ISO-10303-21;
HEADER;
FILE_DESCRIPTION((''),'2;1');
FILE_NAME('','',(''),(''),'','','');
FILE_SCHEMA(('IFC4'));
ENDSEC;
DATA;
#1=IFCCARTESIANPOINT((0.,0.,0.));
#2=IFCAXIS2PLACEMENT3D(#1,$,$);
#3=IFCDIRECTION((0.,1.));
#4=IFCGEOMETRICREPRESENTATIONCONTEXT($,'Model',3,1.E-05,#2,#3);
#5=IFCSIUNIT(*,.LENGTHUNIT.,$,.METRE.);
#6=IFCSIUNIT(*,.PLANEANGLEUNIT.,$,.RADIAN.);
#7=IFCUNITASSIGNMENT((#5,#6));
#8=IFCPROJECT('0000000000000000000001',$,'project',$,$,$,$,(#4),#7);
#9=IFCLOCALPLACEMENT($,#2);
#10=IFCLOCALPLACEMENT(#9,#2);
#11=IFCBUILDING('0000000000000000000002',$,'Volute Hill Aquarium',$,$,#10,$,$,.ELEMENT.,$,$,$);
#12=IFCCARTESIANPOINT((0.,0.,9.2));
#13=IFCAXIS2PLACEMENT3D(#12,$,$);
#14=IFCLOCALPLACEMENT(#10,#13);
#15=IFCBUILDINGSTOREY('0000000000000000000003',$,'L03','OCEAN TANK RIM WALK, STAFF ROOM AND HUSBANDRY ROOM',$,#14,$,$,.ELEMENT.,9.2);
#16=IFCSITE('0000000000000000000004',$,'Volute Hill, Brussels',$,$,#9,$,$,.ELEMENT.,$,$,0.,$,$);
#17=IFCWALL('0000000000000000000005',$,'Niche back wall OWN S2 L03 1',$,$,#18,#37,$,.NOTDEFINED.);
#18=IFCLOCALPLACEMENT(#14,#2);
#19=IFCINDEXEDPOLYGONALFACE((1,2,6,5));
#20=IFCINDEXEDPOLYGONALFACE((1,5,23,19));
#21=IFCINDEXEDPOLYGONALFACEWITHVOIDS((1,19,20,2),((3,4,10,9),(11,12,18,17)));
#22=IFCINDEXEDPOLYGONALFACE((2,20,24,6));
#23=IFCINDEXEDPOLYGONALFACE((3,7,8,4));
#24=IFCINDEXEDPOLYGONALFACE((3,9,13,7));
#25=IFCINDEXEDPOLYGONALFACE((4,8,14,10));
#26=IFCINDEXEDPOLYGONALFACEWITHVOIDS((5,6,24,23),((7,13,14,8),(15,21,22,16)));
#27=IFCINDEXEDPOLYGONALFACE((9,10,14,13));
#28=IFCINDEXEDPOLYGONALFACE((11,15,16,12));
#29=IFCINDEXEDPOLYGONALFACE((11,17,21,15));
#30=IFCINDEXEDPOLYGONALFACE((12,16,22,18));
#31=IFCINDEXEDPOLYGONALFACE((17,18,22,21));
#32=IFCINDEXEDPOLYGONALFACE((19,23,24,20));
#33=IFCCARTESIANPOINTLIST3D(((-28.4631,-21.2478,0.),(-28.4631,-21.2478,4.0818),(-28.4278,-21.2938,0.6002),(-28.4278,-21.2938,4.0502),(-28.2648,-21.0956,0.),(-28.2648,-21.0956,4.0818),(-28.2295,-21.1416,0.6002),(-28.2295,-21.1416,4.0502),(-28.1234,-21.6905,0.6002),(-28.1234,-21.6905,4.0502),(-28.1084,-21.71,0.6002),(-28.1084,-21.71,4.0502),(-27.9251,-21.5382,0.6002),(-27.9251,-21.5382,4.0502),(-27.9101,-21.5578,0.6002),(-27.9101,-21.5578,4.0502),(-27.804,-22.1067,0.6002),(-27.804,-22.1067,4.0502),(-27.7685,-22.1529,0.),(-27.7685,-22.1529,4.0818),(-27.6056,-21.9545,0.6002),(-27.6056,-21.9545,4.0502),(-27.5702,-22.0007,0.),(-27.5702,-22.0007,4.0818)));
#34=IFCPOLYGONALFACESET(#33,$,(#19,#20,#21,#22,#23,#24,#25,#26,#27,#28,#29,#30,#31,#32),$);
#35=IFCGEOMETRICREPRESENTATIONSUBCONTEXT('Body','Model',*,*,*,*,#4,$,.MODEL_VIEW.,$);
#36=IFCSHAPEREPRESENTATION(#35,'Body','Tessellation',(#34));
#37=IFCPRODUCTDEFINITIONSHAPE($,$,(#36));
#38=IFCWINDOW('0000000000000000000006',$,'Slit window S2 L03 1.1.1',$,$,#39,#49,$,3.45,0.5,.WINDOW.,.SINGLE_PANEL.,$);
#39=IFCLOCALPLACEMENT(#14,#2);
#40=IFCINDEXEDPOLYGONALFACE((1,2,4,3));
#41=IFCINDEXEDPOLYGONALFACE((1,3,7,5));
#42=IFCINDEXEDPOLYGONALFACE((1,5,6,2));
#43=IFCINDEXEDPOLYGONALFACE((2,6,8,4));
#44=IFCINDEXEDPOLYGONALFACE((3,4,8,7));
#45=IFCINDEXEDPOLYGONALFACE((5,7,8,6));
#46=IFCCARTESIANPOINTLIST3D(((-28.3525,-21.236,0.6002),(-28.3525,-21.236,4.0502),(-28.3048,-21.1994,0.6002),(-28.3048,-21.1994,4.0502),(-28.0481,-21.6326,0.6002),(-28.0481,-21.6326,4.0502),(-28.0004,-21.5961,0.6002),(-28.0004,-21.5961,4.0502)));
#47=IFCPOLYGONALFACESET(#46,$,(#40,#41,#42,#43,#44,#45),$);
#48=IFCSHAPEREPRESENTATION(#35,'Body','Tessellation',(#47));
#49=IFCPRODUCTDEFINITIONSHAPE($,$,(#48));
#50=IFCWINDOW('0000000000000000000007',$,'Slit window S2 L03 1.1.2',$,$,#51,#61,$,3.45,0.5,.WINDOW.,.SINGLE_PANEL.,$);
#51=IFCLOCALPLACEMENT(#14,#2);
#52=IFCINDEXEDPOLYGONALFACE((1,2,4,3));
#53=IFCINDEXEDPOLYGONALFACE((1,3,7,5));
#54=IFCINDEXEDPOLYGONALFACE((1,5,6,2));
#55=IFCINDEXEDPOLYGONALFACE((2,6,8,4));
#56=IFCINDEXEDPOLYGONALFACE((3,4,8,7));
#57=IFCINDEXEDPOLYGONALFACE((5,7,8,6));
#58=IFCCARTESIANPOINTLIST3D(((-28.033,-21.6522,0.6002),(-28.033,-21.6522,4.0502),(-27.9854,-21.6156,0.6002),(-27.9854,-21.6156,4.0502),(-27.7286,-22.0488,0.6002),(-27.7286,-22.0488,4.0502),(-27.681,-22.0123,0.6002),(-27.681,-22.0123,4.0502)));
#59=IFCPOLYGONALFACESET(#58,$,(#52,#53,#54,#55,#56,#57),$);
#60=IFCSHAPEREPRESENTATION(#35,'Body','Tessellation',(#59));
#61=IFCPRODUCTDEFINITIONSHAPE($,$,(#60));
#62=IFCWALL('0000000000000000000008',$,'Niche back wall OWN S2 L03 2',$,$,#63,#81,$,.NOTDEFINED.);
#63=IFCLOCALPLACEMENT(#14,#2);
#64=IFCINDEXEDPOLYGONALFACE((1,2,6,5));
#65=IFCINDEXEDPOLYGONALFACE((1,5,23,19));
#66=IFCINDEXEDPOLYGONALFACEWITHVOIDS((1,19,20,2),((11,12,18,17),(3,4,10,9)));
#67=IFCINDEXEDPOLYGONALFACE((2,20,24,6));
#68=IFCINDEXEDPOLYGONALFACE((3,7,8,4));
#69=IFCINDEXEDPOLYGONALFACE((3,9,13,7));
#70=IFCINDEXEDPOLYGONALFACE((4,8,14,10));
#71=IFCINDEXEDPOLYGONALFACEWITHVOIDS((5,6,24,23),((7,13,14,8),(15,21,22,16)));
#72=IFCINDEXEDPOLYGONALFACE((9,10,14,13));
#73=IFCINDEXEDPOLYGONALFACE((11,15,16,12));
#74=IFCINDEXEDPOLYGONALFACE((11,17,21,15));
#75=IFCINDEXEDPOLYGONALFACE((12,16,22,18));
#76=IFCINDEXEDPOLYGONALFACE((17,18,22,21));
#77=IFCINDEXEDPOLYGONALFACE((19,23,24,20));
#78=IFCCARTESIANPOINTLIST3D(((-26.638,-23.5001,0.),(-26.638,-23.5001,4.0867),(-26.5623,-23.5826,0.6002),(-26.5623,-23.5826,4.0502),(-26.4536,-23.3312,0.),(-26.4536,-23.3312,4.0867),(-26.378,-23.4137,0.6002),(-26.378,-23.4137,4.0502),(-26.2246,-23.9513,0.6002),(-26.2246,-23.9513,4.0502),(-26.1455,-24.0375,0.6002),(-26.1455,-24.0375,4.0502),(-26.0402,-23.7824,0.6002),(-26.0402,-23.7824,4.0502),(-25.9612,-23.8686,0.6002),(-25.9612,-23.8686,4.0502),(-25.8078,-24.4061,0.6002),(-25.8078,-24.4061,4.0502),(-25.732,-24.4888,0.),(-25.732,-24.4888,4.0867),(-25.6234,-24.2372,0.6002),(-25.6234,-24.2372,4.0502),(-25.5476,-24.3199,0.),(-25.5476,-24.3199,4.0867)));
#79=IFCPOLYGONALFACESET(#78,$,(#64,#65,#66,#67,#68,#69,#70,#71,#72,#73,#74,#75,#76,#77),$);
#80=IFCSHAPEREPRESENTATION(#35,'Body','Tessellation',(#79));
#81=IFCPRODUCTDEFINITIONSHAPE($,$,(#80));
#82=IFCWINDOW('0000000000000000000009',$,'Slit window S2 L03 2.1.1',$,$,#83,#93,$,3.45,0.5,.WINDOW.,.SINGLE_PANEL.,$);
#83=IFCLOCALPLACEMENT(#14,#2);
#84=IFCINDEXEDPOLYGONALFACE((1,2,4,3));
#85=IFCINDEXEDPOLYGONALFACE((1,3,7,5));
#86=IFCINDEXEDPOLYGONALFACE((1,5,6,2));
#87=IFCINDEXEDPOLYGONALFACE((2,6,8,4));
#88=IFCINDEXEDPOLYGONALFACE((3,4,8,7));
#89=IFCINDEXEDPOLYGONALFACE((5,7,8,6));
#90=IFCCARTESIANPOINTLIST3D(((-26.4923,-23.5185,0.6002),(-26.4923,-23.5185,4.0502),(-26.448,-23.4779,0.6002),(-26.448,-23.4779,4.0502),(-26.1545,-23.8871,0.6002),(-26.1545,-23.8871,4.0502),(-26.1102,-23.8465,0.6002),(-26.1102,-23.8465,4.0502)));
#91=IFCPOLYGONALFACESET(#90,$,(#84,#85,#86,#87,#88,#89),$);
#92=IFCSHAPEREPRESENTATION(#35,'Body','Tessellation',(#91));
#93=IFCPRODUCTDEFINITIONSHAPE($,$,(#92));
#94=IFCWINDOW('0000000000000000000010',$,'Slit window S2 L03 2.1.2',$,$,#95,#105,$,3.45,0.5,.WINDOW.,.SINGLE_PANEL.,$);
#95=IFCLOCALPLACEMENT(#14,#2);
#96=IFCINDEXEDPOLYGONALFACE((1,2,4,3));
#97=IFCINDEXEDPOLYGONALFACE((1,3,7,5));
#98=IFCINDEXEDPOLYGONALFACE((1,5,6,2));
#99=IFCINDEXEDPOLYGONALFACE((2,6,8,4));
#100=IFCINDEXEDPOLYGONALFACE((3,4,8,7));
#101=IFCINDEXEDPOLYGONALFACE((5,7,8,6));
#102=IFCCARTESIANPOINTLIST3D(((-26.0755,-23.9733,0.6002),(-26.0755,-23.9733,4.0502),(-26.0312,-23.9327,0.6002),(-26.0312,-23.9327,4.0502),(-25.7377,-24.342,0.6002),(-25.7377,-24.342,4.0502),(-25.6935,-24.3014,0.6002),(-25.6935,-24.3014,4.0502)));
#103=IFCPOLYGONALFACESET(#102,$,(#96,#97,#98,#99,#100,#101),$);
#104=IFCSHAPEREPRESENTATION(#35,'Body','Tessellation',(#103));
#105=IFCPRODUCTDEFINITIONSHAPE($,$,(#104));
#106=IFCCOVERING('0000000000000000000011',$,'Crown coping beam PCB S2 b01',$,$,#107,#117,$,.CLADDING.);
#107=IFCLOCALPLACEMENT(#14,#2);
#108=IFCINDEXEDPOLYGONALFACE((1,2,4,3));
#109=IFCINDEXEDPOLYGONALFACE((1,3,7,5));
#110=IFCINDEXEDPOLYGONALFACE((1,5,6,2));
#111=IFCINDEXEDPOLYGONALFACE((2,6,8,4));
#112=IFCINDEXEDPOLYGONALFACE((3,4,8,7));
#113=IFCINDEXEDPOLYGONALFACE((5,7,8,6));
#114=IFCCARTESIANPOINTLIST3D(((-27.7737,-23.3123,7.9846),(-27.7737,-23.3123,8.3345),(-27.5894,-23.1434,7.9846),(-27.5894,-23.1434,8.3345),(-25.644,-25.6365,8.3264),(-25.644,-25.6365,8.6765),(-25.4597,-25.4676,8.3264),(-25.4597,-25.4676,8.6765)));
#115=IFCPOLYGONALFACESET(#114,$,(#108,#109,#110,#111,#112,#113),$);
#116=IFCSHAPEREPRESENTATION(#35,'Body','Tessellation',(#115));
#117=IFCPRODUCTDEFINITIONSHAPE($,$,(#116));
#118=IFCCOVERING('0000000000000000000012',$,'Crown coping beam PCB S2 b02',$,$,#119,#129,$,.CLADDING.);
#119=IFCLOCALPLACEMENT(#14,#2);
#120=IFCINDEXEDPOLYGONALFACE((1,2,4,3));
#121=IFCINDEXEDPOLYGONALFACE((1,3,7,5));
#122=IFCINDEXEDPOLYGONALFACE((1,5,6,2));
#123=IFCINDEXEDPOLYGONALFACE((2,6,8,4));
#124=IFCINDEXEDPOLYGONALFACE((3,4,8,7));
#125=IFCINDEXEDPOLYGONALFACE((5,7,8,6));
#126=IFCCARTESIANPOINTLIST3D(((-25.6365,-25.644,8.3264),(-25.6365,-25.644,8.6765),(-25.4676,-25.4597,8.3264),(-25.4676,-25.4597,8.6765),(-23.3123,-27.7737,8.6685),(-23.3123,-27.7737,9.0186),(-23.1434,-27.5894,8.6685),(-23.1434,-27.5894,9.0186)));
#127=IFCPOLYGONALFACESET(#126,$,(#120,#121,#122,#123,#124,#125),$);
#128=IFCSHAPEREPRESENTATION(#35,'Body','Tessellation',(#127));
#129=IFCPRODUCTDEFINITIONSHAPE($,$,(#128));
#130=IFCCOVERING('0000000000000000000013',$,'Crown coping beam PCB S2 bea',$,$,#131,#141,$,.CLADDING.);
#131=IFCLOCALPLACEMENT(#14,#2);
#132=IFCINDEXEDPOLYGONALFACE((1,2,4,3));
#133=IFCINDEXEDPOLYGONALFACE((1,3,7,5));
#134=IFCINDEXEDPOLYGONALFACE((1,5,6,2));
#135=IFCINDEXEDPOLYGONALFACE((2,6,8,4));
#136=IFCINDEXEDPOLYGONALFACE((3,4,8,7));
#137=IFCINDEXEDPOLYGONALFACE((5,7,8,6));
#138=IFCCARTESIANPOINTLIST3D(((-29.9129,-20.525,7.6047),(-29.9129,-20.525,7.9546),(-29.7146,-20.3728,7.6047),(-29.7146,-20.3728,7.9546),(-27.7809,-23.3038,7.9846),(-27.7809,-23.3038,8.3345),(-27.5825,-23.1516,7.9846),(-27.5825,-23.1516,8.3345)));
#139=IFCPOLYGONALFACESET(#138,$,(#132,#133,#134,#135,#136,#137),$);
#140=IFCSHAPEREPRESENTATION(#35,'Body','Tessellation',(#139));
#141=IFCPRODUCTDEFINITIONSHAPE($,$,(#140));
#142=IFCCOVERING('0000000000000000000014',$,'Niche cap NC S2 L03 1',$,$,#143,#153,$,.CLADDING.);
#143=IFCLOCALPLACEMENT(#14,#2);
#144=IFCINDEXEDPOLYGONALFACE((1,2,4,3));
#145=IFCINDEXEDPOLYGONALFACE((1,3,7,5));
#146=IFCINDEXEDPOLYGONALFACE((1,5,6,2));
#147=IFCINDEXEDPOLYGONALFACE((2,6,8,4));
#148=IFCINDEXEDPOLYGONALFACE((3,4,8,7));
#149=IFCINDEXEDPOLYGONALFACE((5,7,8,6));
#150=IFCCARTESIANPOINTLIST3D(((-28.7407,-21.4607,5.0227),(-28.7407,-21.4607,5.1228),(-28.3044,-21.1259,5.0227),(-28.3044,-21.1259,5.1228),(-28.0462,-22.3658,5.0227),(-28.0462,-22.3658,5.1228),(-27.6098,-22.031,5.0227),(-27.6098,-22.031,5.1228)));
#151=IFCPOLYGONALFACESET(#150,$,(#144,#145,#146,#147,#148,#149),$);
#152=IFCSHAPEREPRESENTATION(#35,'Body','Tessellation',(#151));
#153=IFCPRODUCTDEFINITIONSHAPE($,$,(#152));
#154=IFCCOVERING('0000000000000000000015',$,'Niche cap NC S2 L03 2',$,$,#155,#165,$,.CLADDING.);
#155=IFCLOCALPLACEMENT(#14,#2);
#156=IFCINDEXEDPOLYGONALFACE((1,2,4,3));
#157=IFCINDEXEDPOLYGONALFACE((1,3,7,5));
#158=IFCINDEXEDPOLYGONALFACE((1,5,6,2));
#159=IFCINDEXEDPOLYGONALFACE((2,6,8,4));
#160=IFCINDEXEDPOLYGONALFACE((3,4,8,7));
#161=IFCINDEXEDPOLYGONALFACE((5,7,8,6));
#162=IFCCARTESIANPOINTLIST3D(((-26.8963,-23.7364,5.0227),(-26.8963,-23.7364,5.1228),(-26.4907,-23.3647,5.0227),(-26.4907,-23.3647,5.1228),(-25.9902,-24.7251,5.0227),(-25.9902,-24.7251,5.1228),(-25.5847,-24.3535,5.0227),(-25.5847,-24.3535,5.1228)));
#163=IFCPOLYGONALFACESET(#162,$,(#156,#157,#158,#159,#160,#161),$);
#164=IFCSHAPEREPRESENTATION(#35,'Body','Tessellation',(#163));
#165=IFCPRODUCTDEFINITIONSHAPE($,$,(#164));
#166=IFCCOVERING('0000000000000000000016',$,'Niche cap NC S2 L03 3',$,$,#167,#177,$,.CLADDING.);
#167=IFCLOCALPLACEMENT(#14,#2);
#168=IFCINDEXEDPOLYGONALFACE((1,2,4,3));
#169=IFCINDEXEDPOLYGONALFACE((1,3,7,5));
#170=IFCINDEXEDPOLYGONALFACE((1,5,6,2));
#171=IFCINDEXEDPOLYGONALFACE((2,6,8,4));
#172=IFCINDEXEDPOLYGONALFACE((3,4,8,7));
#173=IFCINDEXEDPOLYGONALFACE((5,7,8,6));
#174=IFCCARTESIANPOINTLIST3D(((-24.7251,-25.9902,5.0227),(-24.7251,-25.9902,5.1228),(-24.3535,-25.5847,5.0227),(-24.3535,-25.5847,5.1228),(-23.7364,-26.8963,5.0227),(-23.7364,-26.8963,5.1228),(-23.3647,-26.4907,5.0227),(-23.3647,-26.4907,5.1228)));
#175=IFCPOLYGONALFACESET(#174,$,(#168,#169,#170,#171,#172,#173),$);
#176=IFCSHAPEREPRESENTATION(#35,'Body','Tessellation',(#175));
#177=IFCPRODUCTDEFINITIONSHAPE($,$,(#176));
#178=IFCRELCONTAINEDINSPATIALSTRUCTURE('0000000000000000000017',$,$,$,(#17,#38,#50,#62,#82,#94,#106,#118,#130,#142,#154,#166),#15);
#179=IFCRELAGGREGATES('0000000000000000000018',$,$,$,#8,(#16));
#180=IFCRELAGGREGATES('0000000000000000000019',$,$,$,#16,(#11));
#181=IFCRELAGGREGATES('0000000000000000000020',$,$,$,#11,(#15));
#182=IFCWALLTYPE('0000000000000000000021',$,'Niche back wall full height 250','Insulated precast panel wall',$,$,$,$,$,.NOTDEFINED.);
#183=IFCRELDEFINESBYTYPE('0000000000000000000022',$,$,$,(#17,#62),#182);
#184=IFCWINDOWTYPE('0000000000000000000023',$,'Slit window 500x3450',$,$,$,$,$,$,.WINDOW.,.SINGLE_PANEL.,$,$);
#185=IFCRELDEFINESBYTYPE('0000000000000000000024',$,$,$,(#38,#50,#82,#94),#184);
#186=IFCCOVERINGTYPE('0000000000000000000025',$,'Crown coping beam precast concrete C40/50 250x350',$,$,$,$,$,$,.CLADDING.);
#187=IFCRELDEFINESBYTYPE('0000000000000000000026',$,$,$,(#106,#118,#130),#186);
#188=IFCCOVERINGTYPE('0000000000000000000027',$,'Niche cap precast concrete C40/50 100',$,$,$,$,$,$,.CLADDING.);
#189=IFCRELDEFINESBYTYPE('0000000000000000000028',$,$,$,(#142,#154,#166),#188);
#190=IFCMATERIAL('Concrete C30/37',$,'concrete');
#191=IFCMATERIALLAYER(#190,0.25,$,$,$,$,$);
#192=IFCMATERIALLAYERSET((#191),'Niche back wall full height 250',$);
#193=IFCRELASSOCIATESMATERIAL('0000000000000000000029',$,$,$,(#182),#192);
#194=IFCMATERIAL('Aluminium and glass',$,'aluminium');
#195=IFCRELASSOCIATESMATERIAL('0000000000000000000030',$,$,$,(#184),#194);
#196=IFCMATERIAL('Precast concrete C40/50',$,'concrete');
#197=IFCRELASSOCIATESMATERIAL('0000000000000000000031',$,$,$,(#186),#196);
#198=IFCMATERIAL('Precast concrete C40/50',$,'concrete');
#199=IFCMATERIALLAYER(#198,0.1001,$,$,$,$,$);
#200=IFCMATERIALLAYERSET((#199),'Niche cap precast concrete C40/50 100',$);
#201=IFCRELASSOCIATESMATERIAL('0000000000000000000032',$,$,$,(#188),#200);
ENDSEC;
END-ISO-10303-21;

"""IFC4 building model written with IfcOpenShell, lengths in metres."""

from ifc_helpers import new_model, si_unit, direction, frame, frame_2d, origin, origin_2d, place, context, subcontext, project, spatial, polyline, rectangle, outline, extrude, material, layer, layer_set, type_object, element, fill, save


model = new_model("IFC4")

# Units and contexts
model_context = context("Model", 3, precision=1e-05, world=origin(), true_north=direction((0.0, 1.0)))
body_context = subcontext(model_context, "Body", "Model", "MODEL_VIEW")
ifc_project = project(units=[si_unit("LENGTHUNIT", "METRE"), si_unit("PLANEANGLEUNIT", "RADIAN")], contexts=[model_context])

# Site, building, storey
site_placement = place(None, origin())
site = spatial("IfcSite", under=ifc_project, at=site_placement, Name="Volute Hill, Brussels", CompositionType="ELEMENT", RefElevation=0.0)
building_placement = place(site_placement, origin())
building = spatial("IfcBuilding", under=site, at=building_placement, Name="Volute Hill Aquarium", CompositionType="ELEMENT")
storey_placement = place(building_placement, frame((0.0, 0.0, 9.2)))
storey = spatial("IfcBuildingStorey", under=building, at=storey_placement, Name="L03", Description="OCEAN TANK RIM WALK, STAFF ROOM AND HUSBANDRY ROOM", CompositionType="ELEMENT", Elevation=9.2)

# Walls, openings, windows
ifc_material_1 = material(Name="Concrete C30/37", Category="concrete")
ifc_layer_1 = layer(ifc_material_1, 0.25)
ifc_layer_set_1 = layer_set([ifc_layer_1], Name="Niche back wall full height 250")
wall_type = type_object("IfcWallType", Name="Niche back wall full height 250", Description="Insulated precast panel wall", PredefinedType="NOTDEFINED", material=ifc_layer_set_1)
wall_1_placement = place(storey_placement, frame((-27.6694, -22.0767, 0.0), z_axis=(0.0, 0.0, 1.0), x_axis=(-0.608831, 0.7933, 0.0)))
wall_1 = element("IfcWall", 1, at=wall_1_placement, inside=storey, type_object=wall_type, Name="Niche back wall OWN S2 L03 1", PredefinedType="NOTDEFINED", context=body_context, shape_type="SweptSolid", body=[
    extrude(rectangle(XDim=1.1409, YDim=0.25, at=frame_2d((0.5703, 0.0))), origin(), (0.0, 0.0, 1.0), 4.0818),
])
opening_1_placement = place(wall_1_placement, frame((0.5828, 0.0, 0.6001)))
opening_1 = element("IfcOpeningElement", 2, at=opening_1_placement, cuts=wall_1, PredefinedType="OPENING", context=body_context, shape_type="SweptSolid", body=[
    extrude(rectangle(XDim=0.5, YDim=3.45, at=frame_2d((0.25, 1.7251))), frame((0.0, 0.135, 0.0), z_axis=(0.0, -1.0, 0.0), x_axis=(1.0, 0.0, 0.0)), (0.0, 0.0, 1.0), 0.27),
])
opening_2_placement = place(wall_1_placement, frame((0.0581, 0.0, 0.6001)))
opening_2 = element("IfcOpeningElement", 3, at=opening_2_placement, cuts=wall_1, PredefinedType="OPENING", context=body_context, shape_type="SweptSolid", body=[
    extrude(rectangle(XDim=0.5, YDim=3.45, at=frame_2d((0.25, 1.7251))), frame((0.0, 0.135, 0.0), z_axis=(0.0, -1.0, 0.0), x_axis=(1.0, 0.0, 0.0)), (0.0, 0.0, 1.0), 0.27),
])
ifc_material_2 = material(Name="Aluminium and glass", Category="aluminium")
window_type = type_object("IfcWindowType", Name="Slit window 500x3450", PartitioningType="SINGLE_PANEL", PredefinedType="WINDOW", material=ifc_material_2)
window_1_placement = place(opening_1_placement, origin())
window_1 = element("IfcWindow", 4, at=window_1_placement, inside=storey, type_object=window_type, Name="Slit window S2 L03 1.1.1", OverallHeight=3.45, OverallWidth=0.5, PartitioningType="SINGLE_PANEL", PredefinedType="WINDOW", context=body_context, shape_type="SweptSolid", body=[
    extrude(rectangle(XDim=0.5, YDim=3.45, at=frame_2d((0.25, 1.7251))), frame((0.0, 0.03, 0.0), z_axis=(0.0, -1.0, 0.0), x_axis=(1.0, 0.0, 0.0)), (0.0, 0.0, 1.0), 0.0601),
])
fill(opening_1, window_1)
window_2_placement = place(opening_2_placement, origin())
window_2 = element("IfcWindow", 5, at=window_2_placement, inside=storey, type_object=window_type, Name="Slit window S2 L03 1.1.2", OverallHeight=3.45, OverallWidth=0.5, PartitioningType="SINGLE_PANEL", PredefinedType="WINDOW", context=body_context, shape_type="SweptSolid", body=[
    extrude(rectangle(XDim=0.5, YDim=3.45, at=frame_2d((0.25, 1.7251))), frame((0.0, 0.03, 0.0), z_axis=(0.0, -1.0, 0.0), x_axis=(1.0, 0.0, 0.0)), (0.0, 0.0, 1.0), 0.0601),
])
fill(opening_2, window_2)
wall_2_placement = place(storey_placement, frame((-25.6399, -24.4043, 0.0), z_axis=(0.0, 0.0, 1.0), x_axis=(-0.675576, 0.73729, 0.0)))
wall_2 = element("IfcWall", 6, at=wall_2_placement, inside=storey, type_object=wall_type, Name="Niche back wall OWN S2 L03 2", PredefinedType="NOTDEFINED", context=body_context, shape_type="SweptSolid", body=[
    extrude(rectangle(XDim=1.3411, YDim=0.25, at=frame_2d((0.6704, 0.0))), origin(), (0.0, 0.0, 1.0), 4.0867),
])
opening_3_placement = place(wall_2_placement, frame((0.729, 0.0, 0.6001)))
opening_3 = element("IfcOpeningElement", 7, at=opening_3_placement, cuts=wall_2, PredefinedType="OPENING", context=body_context, shape_type="SweptSolid", body=[
    extrude(rectangle(XDim=0.5, YDim=3.45, at=frame_2d((0.25, 1.7251))), frame((0.0, 0.135, 0.0), z_axis=(0.0, -1.0, 0.0), x_axis=(1.0, 0.0, 0.0)), (0.0, 0.0, 1.0), 0.27),
])
opening_4_placement = place(wall_2_placement, frame((0.1121, 0.0, 0.6001)))
opening_4 = element("IfcOpeningElement", 8, at=opening_4_placement, cuts=wall_2, PredefinedType="OPENING", context=body_context, shape_type="SweptSolid", body=[
    extrude(rectangle(XDim=0.5, YDim=3.45, at=frame_2d((0.25, 1.7251))), frame((0.0, 0.135, 0.0), z_axis=(0.0, -1.0, 0.0), x_axis=(1.0, 0.0, 0.0)), (0.0, 0.0, 1.0), 0.27),
])
window_3_placement = place(opening_3_placement, origin())
window_3 = element("IfcWindow", 9, at=window_3_placement, inside=storey, type_object=window_type, Name="Slit window S2 L03 2.1.1", OverallHeight=3.45, OverallWidth=0.5, PartitioningType="SINGLE_PANEL", PredefinedType="WINDOW", context=body_context, shape_type="SweptSolid", body=[
    extrude(rectangle(XDim=0.5, YDim=3.45, at=frame_2d((0.25, 1.7251))), frame((0.0, 0.03, 0.0), z_axis=(0.0, -1.0, 0.0), x_axis=(1.0, 0.0, 0.0)), (0.0, 0.0, 1.0), 0.0601),
])
fill(opening_3, window_3)
window_4_placement = place(opening_4_placement, origin())
window_4 = element("IfcWindow", 10, at=window_4_placement, inside=storey, type_object=window_type, Name="Slit window S2 L03 2.1.2", OverallHeight=3.45, OverallWidth=0.5, PartitioningType="SINGLE_PANEL", PredefinedType="WINDOW", context=body_context, shape_type="SweptSolid", body=[
    extrude(rectangle(XDim=0.5, YDim=3.45, at=frame_2d((0.25, 1.7251))), frame((0.0, 0.03, 0.0), z_axis=(0.0, -1.0, 0.0), x_axis=(1.0, 0.0, 0.0)), (0.0, 0.0, 1.0), 0.0601),
])
fill(opening_4, window_4)

# Coverings
ifc_material_3 = material(Name="Precast concrete C40/50", Category="concrete")
covering_type_1 = type_object("IfcCoveringType", Name="Crown coping beam precast concrete C40/50 250x350", PredefinedType="CLADDING", material=ifc_material_3)
covering_1_placement = place(storey_placement, frame((-27.7737, -23.3123, 7.9846), z_axis=(-0.737296, -0.67557, 0.0), x_axis=(0.671634, -0.733, 0.107794)))
element("IfcCovering", 11, at=covering_1_placement, inside=storey, type_object=covering_type_1, Name="Crown coping beam PCB S2 b01", PredefinedType="CLADDING", context=body_context, shape_type="SweptSolid", body=[
    extrude(outline(polyline([(0.0, 0.0), (3.1708, 0.0), (3.2086, 0.3481), (0.0377, 0.3478), (0.0, 0.0)])), origin(), (0.0, 0.0, -1.0), 0.25),
])
covering_2_placement = place(storey_placement, frame((-25.6365, -25.644, 8.3264), z_axis=(-0.67557, -0.737296, 0.0), x_axis=(0.732993, -0.671628, 0.10787)))
element("IfcCovering", 12, at=covering_2_placement, inside=storey, type_object=covering_type_1, Name="Crown coping beam PCB S2 b02", PredefinedType="CLADDING", context=body_context, shape_type="SweptSolid", body=[
    extrude(outline(polyline([(0.0, 0.0), (3.1709, 0.0), (3.2086, 0.3481), (0.0378, 0.3481), (0.0, 0.0)])), origin(), (0.0, 0.0, -1.0), 0.25),
])
covering_3_placement = place(storey_placement, frame((-27.5825, -23.1516, 7.9846), z_axis=(0.793377, 0.60873, 0.0), x_axis=(-0.605181, 0.788752, -0.107828)))
element("IfcCovering", 13, at=covering_3_placement, inside=storey, type_object=covering_type_1, Name="Crown coping beam PCB S2 bea", PredefinedType="CLADDING", context=body_context, shape_type="SweptSolid", body=[
    extrude(outline(polyline([(0.0, 0.0), (3.523, 0.0), (3.4853, 0.3478), (-0.0377, 0.3478), (0.0, 0.0)])), origin(), (0.0, 0.0, -1.0), 0.25),
])
ifc_material_4 = material(Name="Precast concrete C40/50", Category="concrete")
ifc_layer_2 = layer(ifc_material_4, 0.1001)
ifc_layer_set_2 = layer_set([ifc_layer_2], Name="Niche cap precast concrete C40/50 100")
covering_type_2 = type_object("IfcCoveringType", Name="Niche cap precast concrete C40/50 100", PredefinedType="CLADDING", material=ifc_layer_set_2)
covering_4_placement = place(storey_placement, frame((-28.1753, -21.7458, 5.0227), z_axis=(0.0, 0.0, 1.0), x_axis=(0.608762, -0.793353, 0.0)))
element("IfcCovering", 14, at=covering_4_placement, inside=storey, type_object=covering_type_2, Name="Niche cap NC S2 L03 1", PredefinedType="CLADDING", context=body_context, shape_type="SweptSolid", body=[
    extrude(rectangle(XDim=1.1409, YDim=0.55, at=origin_2d()), origin(), (0.0, 0.0, 1.0), 0.1001),
])
for number, where, z_axis, x_axis, name in (
    (15, (-26.2405, -24.0449, 5.0227), (0.0, 0.0, 1.0), (0.675588, -0.737279, 0.0), "Niche cap NC S2 L03 2"),
    (16, (-24.0449, -26.2405, 5.0227), (0.0, 0.0, 1.0), (0.737279, -0.675588, 0.0), "Niche cap NC S2 L03 3"),
):
    element("IfcCovering", number, at=place(storey_placement, frame(where, z_axis=z_axis, x_axis=x_axis)), inside=storey, type_object=covering_type_2, Name=name, PredefinedType="CLADDING", context=body_context, shape_type="SweptSolid", body=[
        extrude(rectangle(XDim=1.3411, YDim=0.55, at=origin_2d()), origin(), (0.0, 0.0, 1.0), 0.1001),
    ])

save(model, "model.ifc")
